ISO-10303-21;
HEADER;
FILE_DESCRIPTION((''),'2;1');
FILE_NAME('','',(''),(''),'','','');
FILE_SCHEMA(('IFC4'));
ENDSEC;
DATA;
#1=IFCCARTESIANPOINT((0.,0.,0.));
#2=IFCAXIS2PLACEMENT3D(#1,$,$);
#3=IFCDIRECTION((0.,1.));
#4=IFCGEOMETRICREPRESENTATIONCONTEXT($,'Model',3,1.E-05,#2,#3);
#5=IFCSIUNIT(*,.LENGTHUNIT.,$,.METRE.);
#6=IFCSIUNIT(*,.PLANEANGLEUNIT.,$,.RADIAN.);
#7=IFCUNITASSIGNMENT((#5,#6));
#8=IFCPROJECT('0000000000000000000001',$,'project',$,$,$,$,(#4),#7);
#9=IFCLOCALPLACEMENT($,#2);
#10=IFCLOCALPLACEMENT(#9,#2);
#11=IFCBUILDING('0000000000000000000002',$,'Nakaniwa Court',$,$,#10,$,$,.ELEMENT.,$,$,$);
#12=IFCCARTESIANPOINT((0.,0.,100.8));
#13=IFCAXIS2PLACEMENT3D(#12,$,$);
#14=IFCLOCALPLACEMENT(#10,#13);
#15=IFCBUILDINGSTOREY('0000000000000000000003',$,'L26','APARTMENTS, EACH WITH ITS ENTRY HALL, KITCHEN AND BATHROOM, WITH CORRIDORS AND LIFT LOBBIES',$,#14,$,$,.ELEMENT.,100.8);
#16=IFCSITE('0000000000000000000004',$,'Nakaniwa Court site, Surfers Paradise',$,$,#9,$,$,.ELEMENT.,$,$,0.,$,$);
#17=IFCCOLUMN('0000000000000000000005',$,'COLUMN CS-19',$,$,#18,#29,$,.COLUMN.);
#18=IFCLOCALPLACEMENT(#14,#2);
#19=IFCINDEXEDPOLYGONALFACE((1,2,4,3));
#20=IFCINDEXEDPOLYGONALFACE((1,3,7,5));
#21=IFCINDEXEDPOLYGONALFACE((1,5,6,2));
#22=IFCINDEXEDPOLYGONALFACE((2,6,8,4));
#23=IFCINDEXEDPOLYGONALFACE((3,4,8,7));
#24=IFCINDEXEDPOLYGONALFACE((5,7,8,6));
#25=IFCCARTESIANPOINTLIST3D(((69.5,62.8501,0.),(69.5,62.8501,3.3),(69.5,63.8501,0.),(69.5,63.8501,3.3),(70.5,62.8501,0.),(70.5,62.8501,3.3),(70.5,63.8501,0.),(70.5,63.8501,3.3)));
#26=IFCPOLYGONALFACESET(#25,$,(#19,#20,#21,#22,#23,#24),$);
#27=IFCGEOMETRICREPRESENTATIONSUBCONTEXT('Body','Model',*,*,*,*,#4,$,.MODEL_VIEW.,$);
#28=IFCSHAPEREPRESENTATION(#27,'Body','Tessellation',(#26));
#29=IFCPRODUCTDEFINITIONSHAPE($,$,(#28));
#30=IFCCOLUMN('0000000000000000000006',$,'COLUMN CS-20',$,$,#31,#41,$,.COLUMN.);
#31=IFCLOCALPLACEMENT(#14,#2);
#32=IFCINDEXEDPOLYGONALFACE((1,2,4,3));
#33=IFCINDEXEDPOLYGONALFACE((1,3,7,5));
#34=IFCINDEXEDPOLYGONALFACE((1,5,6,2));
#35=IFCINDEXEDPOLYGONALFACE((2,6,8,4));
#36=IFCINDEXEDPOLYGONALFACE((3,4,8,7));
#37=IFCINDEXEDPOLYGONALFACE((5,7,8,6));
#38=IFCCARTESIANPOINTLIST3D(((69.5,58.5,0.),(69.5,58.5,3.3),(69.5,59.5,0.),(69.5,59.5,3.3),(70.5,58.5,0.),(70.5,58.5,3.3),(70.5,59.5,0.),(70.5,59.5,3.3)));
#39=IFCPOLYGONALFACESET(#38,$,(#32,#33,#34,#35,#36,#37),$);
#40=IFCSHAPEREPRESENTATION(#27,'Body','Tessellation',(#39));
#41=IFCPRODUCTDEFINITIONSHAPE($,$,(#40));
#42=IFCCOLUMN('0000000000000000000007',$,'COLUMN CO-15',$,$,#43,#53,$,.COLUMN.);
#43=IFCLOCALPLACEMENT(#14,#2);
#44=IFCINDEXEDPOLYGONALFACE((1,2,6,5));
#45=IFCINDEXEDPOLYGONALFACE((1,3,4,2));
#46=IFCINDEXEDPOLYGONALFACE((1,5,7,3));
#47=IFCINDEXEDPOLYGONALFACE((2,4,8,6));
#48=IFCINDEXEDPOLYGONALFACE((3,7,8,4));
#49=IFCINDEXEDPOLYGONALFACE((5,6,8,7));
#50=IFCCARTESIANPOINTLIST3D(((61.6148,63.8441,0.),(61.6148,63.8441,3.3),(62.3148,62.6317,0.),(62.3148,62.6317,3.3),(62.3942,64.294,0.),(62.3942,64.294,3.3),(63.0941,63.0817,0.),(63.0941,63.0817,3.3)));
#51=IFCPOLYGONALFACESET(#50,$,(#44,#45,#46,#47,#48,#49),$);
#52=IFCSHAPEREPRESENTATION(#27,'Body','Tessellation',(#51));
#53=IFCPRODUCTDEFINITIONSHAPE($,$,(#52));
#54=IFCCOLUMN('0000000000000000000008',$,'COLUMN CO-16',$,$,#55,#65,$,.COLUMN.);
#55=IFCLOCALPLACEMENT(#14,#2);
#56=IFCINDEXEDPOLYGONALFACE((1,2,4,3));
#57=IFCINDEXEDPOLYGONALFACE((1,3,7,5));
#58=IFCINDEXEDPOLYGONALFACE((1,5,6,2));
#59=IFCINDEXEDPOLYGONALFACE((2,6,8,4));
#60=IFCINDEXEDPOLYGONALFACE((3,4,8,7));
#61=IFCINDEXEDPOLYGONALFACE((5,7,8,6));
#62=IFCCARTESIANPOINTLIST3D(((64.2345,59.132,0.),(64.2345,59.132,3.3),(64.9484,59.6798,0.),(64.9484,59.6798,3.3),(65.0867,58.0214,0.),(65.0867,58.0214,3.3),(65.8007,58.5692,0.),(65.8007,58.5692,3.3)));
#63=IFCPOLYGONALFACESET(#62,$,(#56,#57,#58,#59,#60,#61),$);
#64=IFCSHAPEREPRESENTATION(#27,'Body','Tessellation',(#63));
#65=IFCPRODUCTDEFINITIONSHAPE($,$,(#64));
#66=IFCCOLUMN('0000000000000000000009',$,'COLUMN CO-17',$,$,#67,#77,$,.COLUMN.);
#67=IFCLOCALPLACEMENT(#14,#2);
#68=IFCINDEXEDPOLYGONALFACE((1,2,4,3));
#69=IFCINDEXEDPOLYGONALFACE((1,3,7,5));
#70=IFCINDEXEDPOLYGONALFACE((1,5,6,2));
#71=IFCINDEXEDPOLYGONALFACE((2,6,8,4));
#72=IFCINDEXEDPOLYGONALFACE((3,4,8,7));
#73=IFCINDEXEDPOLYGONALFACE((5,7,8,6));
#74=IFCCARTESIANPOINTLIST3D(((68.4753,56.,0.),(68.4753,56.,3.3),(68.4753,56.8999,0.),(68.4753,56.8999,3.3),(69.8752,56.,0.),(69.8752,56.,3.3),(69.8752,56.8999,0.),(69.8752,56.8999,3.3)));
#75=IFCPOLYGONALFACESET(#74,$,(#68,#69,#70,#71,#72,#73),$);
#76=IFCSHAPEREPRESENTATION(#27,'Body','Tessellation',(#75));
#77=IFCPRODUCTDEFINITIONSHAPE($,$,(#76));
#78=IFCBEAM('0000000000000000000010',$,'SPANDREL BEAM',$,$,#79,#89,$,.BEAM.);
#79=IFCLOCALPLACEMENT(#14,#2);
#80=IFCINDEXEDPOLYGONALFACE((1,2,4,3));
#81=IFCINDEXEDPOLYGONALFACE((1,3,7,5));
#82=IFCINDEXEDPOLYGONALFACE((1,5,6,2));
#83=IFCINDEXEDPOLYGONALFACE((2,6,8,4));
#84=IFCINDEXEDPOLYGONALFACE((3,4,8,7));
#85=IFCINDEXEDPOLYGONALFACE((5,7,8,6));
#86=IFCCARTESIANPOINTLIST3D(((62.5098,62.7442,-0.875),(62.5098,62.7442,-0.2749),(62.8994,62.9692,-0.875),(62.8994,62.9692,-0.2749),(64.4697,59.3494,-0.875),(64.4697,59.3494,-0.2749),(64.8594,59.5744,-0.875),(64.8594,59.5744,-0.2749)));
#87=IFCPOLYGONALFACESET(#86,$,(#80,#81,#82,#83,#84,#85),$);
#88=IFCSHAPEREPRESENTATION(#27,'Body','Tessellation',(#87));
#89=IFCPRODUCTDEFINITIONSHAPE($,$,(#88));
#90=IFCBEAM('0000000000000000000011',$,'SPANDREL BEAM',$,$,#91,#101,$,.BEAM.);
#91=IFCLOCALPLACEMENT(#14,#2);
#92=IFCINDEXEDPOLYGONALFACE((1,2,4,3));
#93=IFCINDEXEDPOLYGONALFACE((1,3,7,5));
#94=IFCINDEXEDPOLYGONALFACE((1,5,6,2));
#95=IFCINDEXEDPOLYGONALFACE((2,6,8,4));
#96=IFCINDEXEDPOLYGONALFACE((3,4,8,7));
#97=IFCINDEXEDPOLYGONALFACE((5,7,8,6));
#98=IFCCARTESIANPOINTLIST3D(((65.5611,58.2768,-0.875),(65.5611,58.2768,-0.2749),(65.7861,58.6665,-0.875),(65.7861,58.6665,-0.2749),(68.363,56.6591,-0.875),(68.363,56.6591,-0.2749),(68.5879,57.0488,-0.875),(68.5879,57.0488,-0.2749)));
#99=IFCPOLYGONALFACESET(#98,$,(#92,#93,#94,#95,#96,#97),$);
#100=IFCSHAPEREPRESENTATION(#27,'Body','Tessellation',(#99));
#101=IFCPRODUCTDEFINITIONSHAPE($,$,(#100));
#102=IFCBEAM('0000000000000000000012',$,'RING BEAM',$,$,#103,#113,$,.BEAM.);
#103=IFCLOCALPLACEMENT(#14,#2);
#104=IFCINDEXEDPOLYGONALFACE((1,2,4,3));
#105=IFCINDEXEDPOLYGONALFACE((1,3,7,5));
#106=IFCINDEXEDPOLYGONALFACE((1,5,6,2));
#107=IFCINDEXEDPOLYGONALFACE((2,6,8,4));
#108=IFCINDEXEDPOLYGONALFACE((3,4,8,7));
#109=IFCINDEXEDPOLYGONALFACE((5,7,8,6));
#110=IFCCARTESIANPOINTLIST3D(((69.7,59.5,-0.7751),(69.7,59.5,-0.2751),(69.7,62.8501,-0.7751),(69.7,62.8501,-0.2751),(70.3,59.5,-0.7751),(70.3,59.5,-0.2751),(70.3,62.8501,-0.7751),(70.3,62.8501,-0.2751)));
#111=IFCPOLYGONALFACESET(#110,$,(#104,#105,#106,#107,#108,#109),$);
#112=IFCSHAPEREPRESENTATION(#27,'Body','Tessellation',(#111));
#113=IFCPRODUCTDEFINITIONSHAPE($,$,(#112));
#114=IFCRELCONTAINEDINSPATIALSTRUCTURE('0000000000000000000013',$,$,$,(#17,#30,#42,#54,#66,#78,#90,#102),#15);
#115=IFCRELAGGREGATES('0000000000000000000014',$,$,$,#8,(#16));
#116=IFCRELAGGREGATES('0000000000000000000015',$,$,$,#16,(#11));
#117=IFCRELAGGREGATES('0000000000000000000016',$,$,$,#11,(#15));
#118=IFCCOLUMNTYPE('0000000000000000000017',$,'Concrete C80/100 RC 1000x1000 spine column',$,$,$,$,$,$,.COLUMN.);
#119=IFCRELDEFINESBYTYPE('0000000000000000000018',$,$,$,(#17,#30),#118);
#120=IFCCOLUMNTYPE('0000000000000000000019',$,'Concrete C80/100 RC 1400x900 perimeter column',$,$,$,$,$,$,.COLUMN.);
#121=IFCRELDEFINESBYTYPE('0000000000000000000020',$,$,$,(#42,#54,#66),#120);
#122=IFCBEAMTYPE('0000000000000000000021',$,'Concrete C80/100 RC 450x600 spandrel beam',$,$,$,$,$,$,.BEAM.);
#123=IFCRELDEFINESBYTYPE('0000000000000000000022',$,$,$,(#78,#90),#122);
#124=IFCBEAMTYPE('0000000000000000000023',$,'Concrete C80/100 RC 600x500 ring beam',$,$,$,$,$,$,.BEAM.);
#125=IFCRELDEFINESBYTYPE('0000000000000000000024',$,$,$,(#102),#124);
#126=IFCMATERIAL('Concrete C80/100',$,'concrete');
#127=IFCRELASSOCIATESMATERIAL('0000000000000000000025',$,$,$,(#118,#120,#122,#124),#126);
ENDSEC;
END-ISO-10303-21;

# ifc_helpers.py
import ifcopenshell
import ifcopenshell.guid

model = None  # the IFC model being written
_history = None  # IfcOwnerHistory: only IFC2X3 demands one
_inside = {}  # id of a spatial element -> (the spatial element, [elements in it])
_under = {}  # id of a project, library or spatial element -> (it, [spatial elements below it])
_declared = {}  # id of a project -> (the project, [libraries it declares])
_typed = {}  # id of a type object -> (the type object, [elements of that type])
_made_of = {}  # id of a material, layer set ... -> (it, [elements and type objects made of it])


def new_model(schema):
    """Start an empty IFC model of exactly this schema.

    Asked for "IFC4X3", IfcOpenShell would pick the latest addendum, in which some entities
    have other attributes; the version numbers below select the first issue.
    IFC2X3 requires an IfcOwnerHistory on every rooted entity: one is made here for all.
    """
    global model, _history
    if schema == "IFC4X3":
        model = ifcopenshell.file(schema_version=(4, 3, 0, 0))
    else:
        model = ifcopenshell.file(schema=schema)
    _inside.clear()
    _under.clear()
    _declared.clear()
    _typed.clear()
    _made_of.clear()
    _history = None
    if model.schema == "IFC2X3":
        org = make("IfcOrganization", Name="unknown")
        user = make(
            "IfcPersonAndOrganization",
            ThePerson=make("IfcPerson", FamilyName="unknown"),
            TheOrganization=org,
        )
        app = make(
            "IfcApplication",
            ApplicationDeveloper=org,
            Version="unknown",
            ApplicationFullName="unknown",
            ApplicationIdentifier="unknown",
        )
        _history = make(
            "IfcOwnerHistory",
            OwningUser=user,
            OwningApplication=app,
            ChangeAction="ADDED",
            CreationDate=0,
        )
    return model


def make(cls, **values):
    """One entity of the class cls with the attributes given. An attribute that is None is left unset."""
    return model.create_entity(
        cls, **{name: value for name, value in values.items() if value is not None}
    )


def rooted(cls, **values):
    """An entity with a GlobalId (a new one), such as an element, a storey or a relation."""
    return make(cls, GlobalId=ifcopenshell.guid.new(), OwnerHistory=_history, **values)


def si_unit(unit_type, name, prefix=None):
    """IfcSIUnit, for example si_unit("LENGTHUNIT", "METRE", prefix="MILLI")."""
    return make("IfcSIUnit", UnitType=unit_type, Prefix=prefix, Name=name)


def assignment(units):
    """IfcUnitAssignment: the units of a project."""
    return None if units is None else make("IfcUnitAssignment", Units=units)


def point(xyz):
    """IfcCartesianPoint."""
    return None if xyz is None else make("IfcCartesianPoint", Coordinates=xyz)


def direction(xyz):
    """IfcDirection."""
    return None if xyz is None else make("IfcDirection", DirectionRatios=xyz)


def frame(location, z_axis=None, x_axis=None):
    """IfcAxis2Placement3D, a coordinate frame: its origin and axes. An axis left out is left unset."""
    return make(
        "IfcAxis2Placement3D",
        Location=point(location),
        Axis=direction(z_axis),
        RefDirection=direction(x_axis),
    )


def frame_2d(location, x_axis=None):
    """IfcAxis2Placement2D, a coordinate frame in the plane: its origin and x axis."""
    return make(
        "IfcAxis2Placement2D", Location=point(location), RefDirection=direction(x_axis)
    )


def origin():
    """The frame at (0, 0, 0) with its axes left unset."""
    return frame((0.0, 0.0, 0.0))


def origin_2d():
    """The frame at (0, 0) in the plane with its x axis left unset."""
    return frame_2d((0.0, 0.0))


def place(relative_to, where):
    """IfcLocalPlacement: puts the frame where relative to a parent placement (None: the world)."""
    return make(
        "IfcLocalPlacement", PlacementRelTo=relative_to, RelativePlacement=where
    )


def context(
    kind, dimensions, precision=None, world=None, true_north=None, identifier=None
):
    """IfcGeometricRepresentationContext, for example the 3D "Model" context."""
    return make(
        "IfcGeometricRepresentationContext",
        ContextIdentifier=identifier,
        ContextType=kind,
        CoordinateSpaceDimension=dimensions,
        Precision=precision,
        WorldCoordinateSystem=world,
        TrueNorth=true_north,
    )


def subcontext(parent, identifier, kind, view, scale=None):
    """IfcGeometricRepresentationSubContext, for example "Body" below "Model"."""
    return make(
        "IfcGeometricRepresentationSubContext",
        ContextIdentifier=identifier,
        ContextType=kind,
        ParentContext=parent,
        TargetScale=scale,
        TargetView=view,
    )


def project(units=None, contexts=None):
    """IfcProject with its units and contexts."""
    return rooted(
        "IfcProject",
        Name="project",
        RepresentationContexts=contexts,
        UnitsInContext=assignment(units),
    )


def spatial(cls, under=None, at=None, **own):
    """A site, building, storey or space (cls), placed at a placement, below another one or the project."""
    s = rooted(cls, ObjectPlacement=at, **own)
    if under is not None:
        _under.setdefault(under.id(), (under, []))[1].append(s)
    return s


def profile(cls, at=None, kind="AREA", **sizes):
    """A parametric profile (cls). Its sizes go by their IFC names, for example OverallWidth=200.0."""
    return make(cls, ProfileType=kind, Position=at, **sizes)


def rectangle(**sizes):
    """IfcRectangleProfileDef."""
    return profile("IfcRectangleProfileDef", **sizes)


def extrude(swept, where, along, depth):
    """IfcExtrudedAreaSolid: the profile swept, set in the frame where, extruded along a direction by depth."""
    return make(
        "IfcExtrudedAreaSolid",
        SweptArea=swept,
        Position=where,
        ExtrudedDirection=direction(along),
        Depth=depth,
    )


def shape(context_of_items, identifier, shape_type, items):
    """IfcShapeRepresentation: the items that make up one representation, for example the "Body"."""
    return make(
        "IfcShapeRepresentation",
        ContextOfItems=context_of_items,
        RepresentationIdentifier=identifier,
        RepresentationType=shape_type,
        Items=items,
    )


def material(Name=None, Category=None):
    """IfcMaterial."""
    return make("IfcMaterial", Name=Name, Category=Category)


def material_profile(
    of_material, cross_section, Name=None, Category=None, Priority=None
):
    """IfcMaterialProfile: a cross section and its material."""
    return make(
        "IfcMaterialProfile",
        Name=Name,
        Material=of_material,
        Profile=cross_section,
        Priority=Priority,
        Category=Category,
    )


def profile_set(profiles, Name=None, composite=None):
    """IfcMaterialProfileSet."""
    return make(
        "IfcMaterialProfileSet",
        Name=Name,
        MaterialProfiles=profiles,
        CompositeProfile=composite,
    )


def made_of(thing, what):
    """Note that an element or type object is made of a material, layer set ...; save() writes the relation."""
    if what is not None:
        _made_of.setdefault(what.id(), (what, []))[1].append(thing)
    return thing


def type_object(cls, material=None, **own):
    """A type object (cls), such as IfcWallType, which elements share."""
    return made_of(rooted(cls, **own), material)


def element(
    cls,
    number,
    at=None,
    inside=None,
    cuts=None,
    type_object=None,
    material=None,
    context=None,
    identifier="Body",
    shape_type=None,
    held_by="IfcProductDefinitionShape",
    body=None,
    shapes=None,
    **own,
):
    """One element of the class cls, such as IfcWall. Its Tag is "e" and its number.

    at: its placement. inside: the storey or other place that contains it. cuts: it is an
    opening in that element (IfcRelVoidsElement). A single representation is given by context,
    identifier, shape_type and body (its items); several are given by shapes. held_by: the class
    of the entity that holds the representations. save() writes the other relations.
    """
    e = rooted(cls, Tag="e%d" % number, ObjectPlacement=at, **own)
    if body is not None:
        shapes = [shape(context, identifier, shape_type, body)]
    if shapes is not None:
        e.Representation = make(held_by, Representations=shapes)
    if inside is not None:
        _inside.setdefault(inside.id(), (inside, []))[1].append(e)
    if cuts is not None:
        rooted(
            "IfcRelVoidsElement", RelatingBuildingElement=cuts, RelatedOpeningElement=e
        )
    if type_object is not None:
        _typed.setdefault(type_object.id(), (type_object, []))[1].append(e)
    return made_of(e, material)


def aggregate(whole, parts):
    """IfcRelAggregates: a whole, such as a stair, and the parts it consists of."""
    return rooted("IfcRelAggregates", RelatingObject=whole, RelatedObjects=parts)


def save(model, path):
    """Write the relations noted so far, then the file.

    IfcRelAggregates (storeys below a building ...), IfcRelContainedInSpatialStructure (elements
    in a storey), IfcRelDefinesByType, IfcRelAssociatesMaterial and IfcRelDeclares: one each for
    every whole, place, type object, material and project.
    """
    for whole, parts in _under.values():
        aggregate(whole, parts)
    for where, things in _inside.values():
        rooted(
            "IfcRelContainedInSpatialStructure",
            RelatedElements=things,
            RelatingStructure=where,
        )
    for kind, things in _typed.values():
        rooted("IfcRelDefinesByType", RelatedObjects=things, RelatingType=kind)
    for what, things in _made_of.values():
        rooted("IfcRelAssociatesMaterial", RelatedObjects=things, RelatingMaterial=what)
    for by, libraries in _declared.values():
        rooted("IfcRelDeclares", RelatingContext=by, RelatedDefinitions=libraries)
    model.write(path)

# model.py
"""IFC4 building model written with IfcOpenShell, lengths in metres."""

from ifc_helpers import new_model, si_unit, direction, frame, origin, origin_2d, place, context, subcontext, project, spatial, rectangle, extrude, material, material_profile, profile_set, type_object, element, save


model = new_model("IFC4")

# Units and contexts
model_context = context("Model", 3, precision=1e-05, world=origin(), true_north=direction((0.0, 1.0)))
body_context = subcontext(model_context, "Body", "Model", "MODEL_VIEW")
ifc_project = project(units=[si_unit("LENGTHUNIT", "METRE"), si_unit("PLANEANGLEUNIT", "RADIAN")], contexts=[model_context])

# Site, building, storey
site_placement = place(None, origin())
site = spatial("IfcSite", under=ifc_project, at=site_placement, Name="Nakaniwa Court site, Surfers Paradise", CompositionType="ELEMENT", RefElevation=0.0)
building_placement = place(site_placement, origin())
building = spatial("IfcBuilding", under=site, at=building_placement, Name="Nakaniwa Court", CompositionType="ELEMENT")
storey_placement = place(building_placement, frame((0.0, 0.0, 100.8)))
storey = spatial("IfcBuildingStorey", under=building, at=storey_placement, Name="L26", Description="APARTMENTS, EACH WITH ITS ENTRY HALL, KITCHEN AND BATHROOM, WITH CORRIDORS AND LIFT LOBBIES", CompositionType="ELEMENT", Elevation=100.8)

# Columns
ifc_material_1 = material(Name="Concrete C80/100", Category="concrete")
ifc_material_profile_1 = material_profile(ifc_material_1, rectangle(XDim=1.0, YDim=1.0, at=origin_2d()), Name="Concrete C80/100 RC 1000x1000 spine column")
ifc_profile_set_1 = profile_set([ifc_material_profile_1], Name="Concrete C80/100")
column_type_1 = type_object("IfcColumnType", Name="Concrete C80/100 RC 1000x1000 spine column", PredefinedType="COLUMN", material=ifc_profile_set_1)
for number, where, z_axis, x_axis, name in (
    (1, (70.0, 63.3501, 0.0), (0.0, 0.0, 1.0), (0.0, -1.0, 0.0), "COLUMN CS-19"),
    (2, (70.0, 59.0, 0.0), (0.0, 0.0, 1.0), (0.0, -1.0, 0.0), "COLUMN CS-20"),
):
    element("IfcColumn", number, at=place(storey_placement, frame(where, z_axis=z_axis, x_axis=x_axis)), inside=storey, type_object=column_type_1, Name=name, PredefinedType="COLUMN", context=body_context, shape_type="SweptSolid", body=[
        extrude(rectangle(XDim=1.0, YDim=1.0, at=origin_2d()), origin(), (0.0, 0.0, 1.0), 3.3),
    ])
ifc_material_profile_2 = material_profile(ifc_material_1, rectangle(XDim=1.3999, YDim=0.8999, at=origin_2d()), Name="Concrete C80/100 RC 1400x900 perimeter column")
ifc_profile_set_2 = profile_set([ifc_material_profile_2], Name="Concrete C80/100")
column_type_2 = type_object("IfcColumnType", Name="Concrete C80/100 RC 1400x900 perimeter column", PredefinedType="COLUMN", material=ifc_profile_set_2)
for number, where, z_axis, x_axis, name in (
    (3, (62.3545, 63.4629, 0.0), (0.0, 0.0, 1.0), (0.5, -0.866025, 0.0), "COLUMN CO-15"),
    (4, (65.0176, 58.8506, 0.0), (0.0, 0.0, 1.0), (0.608761, -0.793353, 0.0), "COLUMN CO-16"),
    (5, (69.1753, 56.45, 0.0), (0.0, 0.0, 1.0), (1.0, 0.0, 0.0), "COLUMN CO-17"),
):
    element("IfcColumn", number, at=place(storey_placement, frame(where, z_axis=z_axis, x_axis=x_axis)), inside=storey, type_object=column_type_2, Name=name, PredefinedType="COLUMN", context=body_context, shape_type="SweptSolid", body=[
        extrude(rectangle(XDim=1.3999, YDim=0.8999, at=origin_2d()), origin(), (0.0, 0.0, 1.0), 3.3),
    ])

# Beams
ifc_material_profile_3 = material_profile(ifc_material_1, rectangle(XDim=0.45, YDim=0.6001, at=origin_2d()), Name="Concrete C80/100 RC 450x600 spandrel beam")
ifc_profile_set_3 = profile_set([ifc_material_profile_3], Name="Concrete C80/100")
beam_type_1 = type_object("IfcBeamType", Name="Concrete C80/100 RC 450x600 spandrel beam", PredefinedType="BEAM", material=ifc_profile_set_3)
beam_1_placement = place(storey_placement, frame((62.7046, 62.8567, -0.575), z_axis=(0.499997, -0.866027, 0.0), x_axis=(0.866027, 0.499997, 0.0)))
element("IfcBeam", 6, at=beam_1_placement, inside=storey, type_object=beam_type_1, Name="SPANDREL BEAM", PredefinedType="BEAM", context=body_context, shape_type="SweptSolid", body=[
    extrude(rectangle(XDim=0.45, YDim=0.6001, at=origin_2d()), origin(), (0.0, 0.0, 1.0), 3.9199),
])
beam_2_placement = place(storey_placement, frame((65.6736, 58.4717, -0.575), z_axis=(0.866015, -0.500019, 0.0), x_axis=(0.500019, 0.866015, 0.0)))
element("IfcBeam", 7, at=beam_2_placement, inside=storey, type_object=beam_type_1, Name="SPANDREL BEAM", PredefinedType="BEAM", context=body_context, shape_type="SweptSolid", body=[
    extrude(rectangle(XDim=0.45, YDim=0.6001, at=origin_2d()), origin(), (0.0, 0.0, 1.0), 3.2354),
])
ifc_material_profile_4 = material_profile(ifc_material_1, rectangle(XDim=0.6001, YDim=0.5, at=origin_2d()), Name="Concrete C80/100 RC 600x500 ring beam")
ifc_profile_set_4 = profile_set([ifc_material_profile_4], Name="Concrete C80/100")
beam_type_2 = type_object("IfcBeamType", Name="Concrete C80/100 RC 600x500 ring beam", PredefinedType="BEAM", material=ifc_profile_set_4)
beam_3_placement = place(storey_placement, frame((70.0, 62.8501, -0.5251), z_axis=(0.0, -1.0, 0.0), x_axis=(1.0, 0.0, 0.0)))
element("IfcBeam", 8, at=beam_3_placement, inside=storey, type_object=beam_type_2, Name="RING BEAM", PredefinedType="BEAM", context=body_context, shape_type="SweptSolid", body=[
    extrude(rectangle(XDim=0.6001, YDim=0.5, at=origin_2d()), origin(), (0.0, 0.0, 1.0), 3.3501),
])

save(model, "model.ifc")
